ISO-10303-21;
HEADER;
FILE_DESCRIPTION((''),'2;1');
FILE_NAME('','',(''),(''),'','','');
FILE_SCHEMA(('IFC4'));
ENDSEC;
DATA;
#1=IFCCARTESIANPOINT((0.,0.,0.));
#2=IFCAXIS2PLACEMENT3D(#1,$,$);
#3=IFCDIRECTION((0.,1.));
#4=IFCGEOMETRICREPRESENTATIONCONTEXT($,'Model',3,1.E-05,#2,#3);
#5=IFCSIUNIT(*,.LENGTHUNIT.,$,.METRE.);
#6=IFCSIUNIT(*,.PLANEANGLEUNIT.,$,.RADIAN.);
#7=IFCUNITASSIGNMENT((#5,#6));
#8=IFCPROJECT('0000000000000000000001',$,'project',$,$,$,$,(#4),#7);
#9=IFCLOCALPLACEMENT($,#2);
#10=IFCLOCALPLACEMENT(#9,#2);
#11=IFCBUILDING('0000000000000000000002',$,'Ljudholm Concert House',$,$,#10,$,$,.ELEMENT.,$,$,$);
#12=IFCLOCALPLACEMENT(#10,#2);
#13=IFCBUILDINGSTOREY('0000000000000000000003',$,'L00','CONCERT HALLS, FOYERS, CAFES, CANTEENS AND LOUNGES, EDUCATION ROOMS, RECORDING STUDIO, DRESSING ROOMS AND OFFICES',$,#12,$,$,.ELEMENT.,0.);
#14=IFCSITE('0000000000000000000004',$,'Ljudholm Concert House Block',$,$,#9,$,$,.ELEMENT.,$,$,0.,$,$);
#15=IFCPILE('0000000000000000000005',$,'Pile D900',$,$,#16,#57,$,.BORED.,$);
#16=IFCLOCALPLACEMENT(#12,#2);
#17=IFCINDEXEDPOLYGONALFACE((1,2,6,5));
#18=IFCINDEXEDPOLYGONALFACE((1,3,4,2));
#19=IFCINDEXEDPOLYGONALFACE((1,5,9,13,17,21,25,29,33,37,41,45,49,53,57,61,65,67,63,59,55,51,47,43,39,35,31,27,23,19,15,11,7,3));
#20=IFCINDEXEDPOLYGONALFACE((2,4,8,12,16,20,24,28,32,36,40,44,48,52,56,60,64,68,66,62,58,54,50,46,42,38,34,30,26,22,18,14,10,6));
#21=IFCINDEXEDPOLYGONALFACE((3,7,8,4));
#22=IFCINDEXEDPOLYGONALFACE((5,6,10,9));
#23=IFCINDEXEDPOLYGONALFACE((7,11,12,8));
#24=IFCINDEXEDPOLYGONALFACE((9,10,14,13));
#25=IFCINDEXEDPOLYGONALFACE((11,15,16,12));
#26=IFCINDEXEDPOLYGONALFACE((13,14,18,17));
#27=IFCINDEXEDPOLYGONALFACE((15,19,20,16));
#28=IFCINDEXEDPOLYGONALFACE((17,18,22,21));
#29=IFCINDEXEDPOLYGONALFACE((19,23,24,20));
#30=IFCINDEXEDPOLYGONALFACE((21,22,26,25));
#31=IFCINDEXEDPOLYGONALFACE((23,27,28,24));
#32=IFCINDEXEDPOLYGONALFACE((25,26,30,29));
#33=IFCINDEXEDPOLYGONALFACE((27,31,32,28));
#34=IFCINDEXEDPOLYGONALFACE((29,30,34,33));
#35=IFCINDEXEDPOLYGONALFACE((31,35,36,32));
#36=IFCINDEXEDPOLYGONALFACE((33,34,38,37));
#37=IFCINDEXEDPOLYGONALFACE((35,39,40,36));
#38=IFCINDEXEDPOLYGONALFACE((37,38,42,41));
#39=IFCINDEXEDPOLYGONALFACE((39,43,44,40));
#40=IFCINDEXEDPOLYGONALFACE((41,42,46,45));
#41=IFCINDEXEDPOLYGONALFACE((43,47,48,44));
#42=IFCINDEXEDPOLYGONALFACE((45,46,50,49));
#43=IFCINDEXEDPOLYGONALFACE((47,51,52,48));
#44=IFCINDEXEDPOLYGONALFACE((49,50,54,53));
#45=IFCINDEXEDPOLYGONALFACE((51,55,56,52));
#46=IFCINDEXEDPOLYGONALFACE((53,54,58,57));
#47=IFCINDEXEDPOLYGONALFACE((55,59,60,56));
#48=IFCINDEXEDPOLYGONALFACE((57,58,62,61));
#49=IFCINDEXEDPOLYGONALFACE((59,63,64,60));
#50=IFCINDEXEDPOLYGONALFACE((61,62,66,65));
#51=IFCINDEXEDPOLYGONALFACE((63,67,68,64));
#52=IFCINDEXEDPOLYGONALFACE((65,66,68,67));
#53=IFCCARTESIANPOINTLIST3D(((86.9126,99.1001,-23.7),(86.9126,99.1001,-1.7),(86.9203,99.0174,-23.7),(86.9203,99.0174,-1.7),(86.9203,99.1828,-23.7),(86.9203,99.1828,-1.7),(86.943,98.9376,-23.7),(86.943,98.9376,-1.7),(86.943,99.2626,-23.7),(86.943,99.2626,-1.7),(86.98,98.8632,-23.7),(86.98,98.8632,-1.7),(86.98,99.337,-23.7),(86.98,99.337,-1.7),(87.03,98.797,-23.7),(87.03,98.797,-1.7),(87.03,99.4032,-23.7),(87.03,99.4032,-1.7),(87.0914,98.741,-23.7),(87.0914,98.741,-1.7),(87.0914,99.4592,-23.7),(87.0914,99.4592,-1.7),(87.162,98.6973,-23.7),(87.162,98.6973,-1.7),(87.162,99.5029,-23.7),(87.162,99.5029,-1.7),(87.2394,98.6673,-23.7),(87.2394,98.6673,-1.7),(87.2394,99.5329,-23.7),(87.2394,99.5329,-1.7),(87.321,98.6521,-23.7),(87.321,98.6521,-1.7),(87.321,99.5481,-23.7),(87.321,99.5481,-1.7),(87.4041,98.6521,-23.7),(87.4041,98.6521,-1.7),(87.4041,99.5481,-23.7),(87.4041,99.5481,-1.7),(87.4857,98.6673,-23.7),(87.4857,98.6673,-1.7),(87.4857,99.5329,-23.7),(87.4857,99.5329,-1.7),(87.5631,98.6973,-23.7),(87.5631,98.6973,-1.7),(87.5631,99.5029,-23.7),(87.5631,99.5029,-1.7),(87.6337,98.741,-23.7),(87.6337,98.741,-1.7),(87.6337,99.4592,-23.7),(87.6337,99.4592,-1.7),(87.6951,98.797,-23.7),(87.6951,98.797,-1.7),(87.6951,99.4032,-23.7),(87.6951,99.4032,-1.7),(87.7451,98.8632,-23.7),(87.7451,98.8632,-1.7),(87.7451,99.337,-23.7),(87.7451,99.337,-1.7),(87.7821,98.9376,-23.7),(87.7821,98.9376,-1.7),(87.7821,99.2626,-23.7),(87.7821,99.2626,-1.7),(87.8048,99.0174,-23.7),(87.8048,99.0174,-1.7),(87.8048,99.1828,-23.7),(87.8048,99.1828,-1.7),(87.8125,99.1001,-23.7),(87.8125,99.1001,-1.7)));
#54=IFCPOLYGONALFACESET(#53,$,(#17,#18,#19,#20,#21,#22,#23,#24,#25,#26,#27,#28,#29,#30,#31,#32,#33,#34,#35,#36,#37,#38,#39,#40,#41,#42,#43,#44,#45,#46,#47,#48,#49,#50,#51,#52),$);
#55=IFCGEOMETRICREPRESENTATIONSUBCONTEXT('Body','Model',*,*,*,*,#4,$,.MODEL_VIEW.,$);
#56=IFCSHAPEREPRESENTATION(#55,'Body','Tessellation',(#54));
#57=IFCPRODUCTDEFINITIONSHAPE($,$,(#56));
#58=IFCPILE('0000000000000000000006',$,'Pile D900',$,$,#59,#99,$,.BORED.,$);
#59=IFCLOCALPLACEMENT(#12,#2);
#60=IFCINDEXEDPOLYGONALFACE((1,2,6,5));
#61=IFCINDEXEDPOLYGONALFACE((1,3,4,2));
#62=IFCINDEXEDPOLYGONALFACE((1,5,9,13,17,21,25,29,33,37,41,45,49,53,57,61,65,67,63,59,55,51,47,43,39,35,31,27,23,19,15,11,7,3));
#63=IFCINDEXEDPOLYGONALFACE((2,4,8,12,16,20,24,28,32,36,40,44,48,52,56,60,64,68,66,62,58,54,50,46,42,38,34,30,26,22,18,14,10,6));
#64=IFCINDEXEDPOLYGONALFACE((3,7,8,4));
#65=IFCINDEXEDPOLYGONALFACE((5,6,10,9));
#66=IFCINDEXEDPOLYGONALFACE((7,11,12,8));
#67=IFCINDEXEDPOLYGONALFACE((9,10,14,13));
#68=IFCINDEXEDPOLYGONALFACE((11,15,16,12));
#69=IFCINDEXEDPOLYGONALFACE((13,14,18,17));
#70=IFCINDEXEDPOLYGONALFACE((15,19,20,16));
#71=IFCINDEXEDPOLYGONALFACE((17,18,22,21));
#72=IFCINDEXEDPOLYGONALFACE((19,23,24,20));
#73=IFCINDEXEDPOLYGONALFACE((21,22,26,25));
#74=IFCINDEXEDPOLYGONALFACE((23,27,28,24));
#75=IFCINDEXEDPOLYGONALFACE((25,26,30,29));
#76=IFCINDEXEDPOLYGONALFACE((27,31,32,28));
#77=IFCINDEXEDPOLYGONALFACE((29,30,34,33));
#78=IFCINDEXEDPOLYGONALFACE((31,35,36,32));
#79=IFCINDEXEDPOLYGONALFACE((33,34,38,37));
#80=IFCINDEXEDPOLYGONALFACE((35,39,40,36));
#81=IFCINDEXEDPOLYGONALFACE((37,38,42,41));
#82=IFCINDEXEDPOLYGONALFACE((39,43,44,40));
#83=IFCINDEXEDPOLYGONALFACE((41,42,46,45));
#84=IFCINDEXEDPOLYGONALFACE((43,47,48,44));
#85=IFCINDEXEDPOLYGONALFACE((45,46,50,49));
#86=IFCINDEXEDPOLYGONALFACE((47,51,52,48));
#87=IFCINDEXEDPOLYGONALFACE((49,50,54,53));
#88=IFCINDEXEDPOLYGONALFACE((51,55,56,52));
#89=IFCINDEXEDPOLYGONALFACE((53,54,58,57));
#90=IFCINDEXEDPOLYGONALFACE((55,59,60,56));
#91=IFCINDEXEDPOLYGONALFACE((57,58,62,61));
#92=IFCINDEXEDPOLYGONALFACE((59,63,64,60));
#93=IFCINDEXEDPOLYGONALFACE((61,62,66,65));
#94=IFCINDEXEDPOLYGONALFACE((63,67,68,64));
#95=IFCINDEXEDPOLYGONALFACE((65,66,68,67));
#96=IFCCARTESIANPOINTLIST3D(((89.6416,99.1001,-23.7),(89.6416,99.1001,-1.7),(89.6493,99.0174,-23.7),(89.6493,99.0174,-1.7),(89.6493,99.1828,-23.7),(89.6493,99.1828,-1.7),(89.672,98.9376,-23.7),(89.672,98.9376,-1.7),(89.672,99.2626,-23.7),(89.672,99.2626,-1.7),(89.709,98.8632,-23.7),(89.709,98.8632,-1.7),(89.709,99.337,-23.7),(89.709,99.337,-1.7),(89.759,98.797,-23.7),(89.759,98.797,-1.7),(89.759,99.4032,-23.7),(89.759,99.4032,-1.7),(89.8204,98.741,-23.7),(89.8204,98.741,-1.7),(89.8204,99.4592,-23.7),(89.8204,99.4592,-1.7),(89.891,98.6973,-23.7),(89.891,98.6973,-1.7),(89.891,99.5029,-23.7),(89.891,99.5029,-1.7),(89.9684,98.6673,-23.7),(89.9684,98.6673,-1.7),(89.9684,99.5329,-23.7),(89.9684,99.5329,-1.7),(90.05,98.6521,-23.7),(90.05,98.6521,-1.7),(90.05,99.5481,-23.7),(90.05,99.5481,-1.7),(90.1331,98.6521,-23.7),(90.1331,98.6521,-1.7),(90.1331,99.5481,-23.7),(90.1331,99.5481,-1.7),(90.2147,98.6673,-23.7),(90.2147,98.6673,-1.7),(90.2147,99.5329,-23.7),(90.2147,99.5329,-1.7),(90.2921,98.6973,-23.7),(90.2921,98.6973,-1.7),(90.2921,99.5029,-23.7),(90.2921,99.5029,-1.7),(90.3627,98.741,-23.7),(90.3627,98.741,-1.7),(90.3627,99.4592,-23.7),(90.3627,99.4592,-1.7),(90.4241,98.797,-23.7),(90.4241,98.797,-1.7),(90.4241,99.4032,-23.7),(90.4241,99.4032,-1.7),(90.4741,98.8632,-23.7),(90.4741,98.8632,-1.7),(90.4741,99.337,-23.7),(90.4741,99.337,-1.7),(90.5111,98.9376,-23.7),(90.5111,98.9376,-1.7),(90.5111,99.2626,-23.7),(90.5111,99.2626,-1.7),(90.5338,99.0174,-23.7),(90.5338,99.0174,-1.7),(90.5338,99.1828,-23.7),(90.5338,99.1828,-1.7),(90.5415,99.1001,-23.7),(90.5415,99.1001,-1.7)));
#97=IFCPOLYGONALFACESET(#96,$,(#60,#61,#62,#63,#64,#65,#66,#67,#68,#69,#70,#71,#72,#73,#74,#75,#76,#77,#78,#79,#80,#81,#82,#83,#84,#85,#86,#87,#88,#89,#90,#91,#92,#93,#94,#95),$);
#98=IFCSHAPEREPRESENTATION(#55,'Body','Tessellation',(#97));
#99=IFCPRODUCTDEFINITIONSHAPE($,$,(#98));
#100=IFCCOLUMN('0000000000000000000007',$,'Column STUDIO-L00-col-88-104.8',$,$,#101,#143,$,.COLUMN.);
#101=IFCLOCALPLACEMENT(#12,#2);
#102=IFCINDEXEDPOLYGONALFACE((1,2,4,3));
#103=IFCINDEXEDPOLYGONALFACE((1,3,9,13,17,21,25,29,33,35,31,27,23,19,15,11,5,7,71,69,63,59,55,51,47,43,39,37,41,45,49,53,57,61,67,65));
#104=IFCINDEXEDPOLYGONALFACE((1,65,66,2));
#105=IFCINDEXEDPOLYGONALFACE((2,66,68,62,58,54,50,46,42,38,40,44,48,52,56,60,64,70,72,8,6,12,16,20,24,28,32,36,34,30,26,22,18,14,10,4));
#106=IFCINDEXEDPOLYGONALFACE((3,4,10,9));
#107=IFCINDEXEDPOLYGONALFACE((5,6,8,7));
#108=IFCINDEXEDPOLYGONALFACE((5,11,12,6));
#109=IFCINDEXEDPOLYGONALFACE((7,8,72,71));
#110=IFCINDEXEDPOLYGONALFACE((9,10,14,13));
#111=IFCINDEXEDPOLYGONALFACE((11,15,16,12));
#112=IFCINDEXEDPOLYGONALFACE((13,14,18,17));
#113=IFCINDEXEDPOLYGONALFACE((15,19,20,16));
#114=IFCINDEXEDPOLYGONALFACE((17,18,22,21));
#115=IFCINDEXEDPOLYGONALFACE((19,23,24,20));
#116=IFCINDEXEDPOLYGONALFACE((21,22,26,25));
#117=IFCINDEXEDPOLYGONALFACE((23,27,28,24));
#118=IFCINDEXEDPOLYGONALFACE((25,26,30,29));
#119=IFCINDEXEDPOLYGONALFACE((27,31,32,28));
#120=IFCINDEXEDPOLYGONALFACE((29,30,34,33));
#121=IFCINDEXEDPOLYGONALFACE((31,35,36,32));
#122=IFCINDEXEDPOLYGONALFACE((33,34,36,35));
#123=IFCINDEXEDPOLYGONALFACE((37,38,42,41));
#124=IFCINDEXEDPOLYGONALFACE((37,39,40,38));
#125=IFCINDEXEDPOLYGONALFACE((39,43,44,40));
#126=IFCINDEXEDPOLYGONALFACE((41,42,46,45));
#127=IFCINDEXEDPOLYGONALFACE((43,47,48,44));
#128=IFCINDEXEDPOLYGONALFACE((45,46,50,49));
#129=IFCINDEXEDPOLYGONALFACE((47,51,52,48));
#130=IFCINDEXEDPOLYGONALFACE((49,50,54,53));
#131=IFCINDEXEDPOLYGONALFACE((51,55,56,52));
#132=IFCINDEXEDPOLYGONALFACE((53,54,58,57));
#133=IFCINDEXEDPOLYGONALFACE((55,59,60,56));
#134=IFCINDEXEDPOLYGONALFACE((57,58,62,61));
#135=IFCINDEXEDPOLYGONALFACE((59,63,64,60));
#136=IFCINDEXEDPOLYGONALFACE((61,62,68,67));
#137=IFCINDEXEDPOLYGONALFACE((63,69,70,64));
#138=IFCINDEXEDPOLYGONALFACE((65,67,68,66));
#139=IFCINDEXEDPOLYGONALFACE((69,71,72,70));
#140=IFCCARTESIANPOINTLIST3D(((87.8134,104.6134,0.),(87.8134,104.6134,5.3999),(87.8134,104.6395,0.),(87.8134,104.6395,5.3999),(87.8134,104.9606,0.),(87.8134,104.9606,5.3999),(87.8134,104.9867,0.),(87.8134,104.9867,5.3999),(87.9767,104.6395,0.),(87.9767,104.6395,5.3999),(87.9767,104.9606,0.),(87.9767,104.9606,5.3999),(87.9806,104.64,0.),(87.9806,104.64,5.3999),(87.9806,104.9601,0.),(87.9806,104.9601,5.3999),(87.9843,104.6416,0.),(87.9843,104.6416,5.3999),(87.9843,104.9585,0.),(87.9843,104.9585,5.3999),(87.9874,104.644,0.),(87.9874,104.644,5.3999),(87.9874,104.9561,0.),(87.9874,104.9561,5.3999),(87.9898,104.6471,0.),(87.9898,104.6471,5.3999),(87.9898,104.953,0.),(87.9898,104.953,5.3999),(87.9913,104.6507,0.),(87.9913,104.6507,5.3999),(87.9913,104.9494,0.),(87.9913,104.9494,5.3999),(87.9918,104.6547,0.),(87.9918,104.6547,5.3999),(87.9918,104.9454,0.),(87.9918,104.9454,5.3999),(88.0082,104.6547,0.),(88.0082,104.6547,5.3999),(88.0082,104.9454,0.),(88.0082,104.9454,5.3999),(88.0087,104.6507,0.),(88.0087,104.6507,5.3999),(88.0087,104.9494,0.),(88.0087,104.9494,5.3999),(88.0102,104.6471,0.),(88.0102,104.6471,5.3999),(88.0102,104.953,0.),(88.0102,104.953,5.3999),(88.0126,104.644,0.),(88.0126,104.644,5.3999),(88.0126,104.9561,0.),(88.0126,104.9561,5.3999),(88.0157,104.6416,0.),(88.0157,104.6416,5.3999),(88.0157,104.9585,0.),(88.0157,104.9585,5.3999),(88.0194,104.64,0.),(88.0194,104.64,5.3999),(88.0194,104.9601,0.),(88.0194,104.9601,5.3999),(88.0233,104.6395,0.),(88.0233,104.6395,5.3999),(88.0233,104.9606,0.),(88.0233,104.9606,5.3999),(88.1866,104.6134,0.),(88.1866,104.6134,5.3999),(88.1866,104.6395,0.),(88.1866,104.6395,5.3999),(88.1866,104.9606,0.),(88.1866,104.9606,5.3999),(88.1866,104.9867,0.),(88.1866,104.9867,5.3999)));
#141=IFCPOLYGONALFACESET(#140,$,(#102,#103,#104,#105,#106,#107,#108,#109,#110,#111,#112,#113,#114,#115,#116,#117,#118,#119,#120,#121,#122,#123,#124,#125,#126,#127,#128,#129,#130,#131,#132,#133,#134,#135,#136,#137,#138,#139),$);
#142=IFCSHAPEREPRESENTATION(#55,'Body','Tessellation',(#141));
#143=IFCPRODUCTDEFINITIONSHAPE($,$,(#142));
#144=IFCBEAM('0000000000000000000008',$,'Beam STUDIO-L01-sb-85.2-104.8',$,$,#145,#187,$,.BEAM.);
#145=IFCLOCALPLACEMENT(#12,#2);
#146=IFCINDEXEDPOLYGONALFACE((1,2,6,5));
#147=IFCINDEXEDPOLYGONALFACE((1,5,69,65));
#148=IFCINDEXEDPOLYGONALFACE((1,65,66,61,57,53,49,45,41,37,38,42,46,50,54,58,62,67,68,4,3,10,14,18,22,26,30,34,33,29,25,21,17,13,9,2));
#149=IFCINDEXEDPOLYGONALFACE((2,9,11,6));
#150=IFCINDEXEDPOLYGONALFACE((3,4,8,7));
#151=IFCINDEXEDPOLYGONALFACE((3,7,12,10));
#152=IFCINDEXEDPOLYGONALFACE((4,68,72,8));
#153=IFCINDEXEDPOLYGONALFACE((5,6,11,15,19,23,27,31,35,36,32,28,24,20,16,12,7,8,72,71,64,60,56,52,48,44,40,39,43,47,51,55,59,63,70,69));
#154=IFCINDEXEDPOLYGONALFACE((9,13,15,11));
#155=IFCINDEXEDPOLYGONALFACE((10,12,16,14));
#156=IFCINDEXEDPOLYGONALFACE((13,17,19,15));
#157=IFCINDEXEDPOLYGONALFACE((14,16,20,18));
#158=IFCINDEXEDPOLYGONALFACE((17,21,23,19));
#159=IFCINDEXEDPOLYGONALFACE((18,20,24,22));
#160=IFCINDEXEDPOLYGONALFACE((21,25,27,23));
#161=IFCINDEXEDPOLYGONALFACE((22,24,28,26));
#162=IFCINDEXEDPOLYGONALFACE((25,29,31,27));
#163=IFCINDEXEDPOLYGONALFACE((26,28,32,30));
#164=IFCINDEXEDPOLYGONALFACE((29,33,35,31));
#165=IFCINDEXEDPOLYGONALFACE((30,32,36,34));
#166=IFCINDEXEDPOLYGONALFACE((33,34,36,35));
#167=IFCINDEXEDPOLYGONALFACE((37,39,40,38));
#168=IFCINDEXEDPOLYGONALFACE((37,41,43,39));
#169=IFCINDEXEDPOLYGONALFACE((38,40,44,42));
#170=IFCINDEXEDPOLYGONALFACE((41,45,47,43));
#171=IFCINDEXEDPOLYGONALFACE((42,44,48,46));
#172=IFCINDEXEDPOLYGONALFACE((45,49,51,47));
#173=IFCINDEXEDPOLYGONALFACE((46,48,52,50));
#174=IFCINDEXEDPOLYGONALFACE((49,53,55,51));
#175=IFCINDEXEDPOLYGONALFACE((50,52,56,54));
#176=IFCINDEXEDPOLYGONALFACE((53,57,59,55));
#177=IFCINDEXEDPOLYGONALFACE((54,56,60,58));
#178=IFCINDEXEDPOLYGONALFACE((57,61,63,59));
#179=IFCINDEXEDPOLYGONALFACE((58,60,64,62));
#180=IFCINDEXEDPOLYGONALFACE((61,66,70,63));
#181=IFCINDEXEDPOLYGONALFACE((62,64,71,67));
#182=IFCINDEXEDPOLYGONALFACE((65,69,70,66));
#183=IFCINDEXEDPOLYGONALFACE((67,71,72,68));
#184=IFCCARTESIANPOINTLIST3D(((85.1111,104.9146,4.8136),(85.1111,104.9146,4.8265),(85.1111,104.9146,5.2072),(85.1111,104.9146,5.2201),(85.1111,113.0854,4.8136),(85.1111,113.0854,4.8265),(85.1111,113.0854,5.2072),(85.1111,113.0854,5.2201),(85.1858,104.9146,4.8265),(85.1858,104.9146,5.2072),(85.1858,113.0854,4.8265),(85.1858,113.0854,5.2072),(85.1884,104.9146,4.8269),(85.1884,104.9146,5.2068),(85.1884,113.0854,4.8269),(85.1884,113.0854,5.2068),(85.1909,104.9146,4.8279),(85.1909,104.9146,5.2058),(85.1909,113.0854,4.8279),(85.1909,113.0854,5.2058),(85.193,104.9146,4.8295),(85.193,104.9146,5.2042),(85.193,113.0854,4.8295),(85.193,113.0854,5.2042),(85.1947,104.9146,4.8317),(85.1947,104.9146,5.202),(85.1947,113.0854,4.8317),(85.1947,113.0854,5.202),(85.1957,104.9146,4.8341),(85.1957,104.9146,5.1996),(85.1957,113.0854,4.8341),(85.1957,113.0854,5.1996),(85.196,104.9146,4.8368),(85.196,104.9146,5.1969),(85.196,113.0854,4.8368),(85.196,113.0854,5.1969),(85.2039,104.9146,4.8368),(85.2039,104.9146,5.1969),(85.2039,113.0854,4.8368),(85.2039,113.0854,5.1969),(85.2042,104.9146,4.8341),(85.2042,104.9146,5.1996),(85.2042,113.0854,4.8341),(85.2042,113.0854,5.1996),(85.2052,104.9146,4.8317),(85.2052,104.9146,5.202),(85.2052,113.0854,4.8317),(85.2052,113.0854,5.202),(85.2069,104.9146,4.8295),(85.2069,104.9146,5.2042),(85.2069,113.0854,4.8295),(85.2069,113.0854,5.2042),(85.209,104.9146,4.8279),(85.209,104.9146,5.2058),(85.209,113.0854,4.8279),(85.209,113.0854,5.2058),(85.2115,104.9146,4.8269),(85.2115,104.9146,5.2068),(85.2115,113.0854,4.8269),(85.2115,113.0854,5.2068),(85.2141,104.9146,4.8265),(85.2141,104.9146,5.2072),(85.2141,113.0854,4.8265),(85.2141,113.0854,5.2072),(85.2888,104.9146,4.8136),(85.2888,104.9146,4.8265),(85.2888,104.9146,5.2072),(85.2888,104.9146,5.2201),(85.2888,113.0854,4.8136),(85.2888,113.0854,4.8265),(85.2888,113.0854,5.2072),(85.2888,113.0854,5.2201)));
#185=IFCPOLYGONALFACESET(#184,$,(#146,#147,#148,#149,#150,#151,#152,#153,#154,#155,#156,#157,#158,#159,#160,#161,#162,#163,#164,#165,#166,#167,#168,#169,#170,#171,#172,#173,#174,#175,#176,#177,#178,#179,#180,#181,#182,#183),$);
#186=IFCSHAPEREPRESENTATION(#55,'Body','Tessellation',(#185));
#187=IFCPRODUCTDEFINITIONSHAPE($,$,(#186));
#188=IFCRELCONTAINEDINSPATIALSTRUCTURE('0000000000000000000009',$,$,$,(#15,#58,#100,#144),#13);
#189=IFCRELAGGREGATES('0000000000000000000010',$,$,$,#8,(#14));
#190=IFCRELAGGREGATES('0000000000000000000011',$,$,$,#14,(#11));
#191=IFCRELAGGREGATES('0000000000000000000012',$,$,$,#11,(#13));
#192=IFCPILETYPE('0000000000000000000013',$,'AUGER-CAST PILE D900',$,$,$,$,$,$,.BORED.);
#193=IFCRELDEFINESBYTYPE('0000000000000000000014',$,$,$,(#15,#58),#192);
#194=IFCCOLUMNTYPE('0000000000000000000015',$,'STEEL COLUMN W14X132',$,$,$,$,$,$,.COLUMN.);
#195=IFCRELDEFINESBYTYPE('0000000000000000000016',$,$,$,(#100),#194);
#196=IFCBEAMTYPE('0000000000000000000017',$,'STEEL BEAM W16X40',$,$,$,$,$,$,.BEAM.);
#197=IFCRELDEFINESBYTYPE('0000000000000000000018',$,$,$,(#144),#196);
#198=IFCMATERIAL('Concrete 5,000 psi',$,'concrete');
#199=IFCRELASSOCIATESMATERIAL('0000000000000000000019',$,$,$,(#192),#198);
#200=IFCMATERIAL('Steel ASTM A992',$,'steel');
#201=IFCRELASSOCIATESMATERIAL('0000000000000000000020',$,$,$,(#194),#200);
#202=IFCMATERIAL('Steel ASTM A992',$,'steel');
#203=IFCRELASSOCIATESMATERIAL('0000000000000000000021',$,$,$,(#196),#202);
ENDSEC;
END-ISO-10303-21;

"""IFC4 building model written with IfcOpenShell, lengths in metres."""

from ifc_helpers import new_model, si_unit, direction, frame, origin, origin_2d, place, context, subcontext, project, spatial, circle, i_section, extrude, material, material_profile, profile_set, type_object, element, save


model = new_model("IFC4")

# Units and contexts
model_context = context("Model", 3, precision=1e-05, world=origin(), true_north=direction((0.0, 1.0)))
body_context = subcontext(model_context, "Body", "Model", "MODEL_VIEW")
ifc_project = project(units=[si_unit("LENGTHUNIT", "METRE"), si_unit("PLANEANGLEUNIT", "RADIAN")], contexts=[model_context])

# Site, building, storey
site_placement = place(None, origin())
site = spatial("IfcSite", under=ifc_project, at=site_placement, Name="Ljudholm Concert House Block", CompositionType="ELEMENT", RefElevation=0.0)
building_placement = place(site_placement, origin())
building = spatial("IfcBuilding", under=site, at=building_placement, Name="Ljudholm Concert House", CompositionType="ELEMENT")
storey_placement = place(building_placement, origin())
storey = spatial("IfcBuildingStorey", under=building, at=storey_placement, Name="L00", Description="CONCERT HALLS, FOYERS, CAFES, CANTEENS AND LOUNGES, EDUCATION ROOMS, RECORDING STUDIO, DRESSING ROOMS AND OFFICES", CompositionType="ELEMENT", Elevation=0.0)

# Piles
ifc_material_1 = material(Name="Concrete 5,000 psi", Category="concrete")
ifc_material_profile_1 = material_profile(ifc_material_1, circle(Radius=0.45, at=origin_2d()), Name="AUGER-CAST PILE D900")
ifc_profile_set_1 = profile_set([ifc_material_profile_1], Name="Concrete 5,000 psi")
pile_type_1 = type_object("IfcPileType", Name="AUGER-CAST PILE D900", PredefinedType="BORED", material=ifc_profile_set_1)
for number, where, z_axis, x_axis, name in (
    (1, (87.3625, 99.1001, -1.7), (0.0, 0.0, -1.0), (1.0, 0.0, 0.0), "Pile D900"),
    (2, (90.0916, 99.1001, -1.7), (0.0, 0.0, -1.0), (1.0, 0.0, 0.0), "Pile D900"),
):
    element("IfcPile", number, at=place(storey_placement, frame(where, z_axis=z_axis, x_axis=x_axis)), inside=storey, type_object=pile_type_1, Name=name, PredefinedType="BORED", context=body_context, shape_type="SweptSolid", body=[
        extrude(circle(Radius=0.45, at=origin_2d()), origin(), (0.0, 0.0, 1.0), 22.0),
    ])

# Column
ifc_material_2 = material(Name="Steel ASTM A992", Category="steel")
ifc_material_profile_2 = material_profile(ifc_material_2, i_section(OverallWidth=0.3733, OverallDepth=0.3733, WebThickness=0.0164, FlangeThickness=0.0261, FilletRadius=0.0151, at=origin_2d()), Name="W14X132")
ifc_profile_set_2 = profile_set([ifc_material_profile_2], Name="Steel ASTM A992")
column_type = type_object("IfcColumnType", Name="STEEL COLUMN W14X132", PredefinedType="COLUMN", material=ifc_profile_set_2)
column_placement = place(storey_placement, frame((88.0, 104.8, 0.0), z_axis=(0.0, 0.0, 1.0), x_axis=(1.0, 0.0, 0.0)))
element("IfcColumn", 3, at=column_placement, inside=storey, type_object=column_type, Name="Column STUDIO-L00-col-88-104.8", PredefinedType="COLUMN", context=body_context, shape_type="SweptSolid", body=[
    extrude(i_section(OverallWidth=0.3733, OverallDepth=0.3733, WebThickness=0.0164, FlangeThickness=0.0261, FilletRadius=0.0151, at=origin_2d()), origin(), (0.0, 0.0, 1.0), 5.3999),
])

# Beam
ifc_material_3 = material(Name="Steel ASTM A992", Category="steel")
ifc_material_profile_3 = material_profile(ifc_material_3, i_section(OverallWidth=0.1777, OverallDepth=0.4065, WebThickness=0.0078, FlangeThickness=0.0129, FilletRadius=0.0103, at=origin_2d()), Name="W16X40")
ifc_profile_set_3 = profile_set([ifc_material_profile_3], Name="Steel ASTM A992")
beam_type_1 = type_object("IfcBeamType", Name="STEEL BEAM W16X40", PredefinedType="BEAM", material=ifc_profile_set_3)
beam_1_placement = place(storey_placement, frame((85.2, 104.9146, 5.0168), z_axis=(0.0, 1.0, 0.0), x_axis=(-1.0, 0.0, 0.0)))
element("IfcBeam", 4, at=beam_1_placement, inside=storey, type_object=beam_type_1, Name="Beam STUDIO-L01-sb-85.2-104.8", PredefinedType="BEAM", context=body_context, shape_type="SweptSolid", body=[
    extrude(i_section(OverallWidth=0.1777, OverallDepth=0.4065, WebThickness=0.0078, FlangeThickness=0.0129, FilletRadius=0.0103, at=origin_2d()), origin(), (0.0, 0.0, 1.0), 8.1709),
])

save(model, "model.ifc")
